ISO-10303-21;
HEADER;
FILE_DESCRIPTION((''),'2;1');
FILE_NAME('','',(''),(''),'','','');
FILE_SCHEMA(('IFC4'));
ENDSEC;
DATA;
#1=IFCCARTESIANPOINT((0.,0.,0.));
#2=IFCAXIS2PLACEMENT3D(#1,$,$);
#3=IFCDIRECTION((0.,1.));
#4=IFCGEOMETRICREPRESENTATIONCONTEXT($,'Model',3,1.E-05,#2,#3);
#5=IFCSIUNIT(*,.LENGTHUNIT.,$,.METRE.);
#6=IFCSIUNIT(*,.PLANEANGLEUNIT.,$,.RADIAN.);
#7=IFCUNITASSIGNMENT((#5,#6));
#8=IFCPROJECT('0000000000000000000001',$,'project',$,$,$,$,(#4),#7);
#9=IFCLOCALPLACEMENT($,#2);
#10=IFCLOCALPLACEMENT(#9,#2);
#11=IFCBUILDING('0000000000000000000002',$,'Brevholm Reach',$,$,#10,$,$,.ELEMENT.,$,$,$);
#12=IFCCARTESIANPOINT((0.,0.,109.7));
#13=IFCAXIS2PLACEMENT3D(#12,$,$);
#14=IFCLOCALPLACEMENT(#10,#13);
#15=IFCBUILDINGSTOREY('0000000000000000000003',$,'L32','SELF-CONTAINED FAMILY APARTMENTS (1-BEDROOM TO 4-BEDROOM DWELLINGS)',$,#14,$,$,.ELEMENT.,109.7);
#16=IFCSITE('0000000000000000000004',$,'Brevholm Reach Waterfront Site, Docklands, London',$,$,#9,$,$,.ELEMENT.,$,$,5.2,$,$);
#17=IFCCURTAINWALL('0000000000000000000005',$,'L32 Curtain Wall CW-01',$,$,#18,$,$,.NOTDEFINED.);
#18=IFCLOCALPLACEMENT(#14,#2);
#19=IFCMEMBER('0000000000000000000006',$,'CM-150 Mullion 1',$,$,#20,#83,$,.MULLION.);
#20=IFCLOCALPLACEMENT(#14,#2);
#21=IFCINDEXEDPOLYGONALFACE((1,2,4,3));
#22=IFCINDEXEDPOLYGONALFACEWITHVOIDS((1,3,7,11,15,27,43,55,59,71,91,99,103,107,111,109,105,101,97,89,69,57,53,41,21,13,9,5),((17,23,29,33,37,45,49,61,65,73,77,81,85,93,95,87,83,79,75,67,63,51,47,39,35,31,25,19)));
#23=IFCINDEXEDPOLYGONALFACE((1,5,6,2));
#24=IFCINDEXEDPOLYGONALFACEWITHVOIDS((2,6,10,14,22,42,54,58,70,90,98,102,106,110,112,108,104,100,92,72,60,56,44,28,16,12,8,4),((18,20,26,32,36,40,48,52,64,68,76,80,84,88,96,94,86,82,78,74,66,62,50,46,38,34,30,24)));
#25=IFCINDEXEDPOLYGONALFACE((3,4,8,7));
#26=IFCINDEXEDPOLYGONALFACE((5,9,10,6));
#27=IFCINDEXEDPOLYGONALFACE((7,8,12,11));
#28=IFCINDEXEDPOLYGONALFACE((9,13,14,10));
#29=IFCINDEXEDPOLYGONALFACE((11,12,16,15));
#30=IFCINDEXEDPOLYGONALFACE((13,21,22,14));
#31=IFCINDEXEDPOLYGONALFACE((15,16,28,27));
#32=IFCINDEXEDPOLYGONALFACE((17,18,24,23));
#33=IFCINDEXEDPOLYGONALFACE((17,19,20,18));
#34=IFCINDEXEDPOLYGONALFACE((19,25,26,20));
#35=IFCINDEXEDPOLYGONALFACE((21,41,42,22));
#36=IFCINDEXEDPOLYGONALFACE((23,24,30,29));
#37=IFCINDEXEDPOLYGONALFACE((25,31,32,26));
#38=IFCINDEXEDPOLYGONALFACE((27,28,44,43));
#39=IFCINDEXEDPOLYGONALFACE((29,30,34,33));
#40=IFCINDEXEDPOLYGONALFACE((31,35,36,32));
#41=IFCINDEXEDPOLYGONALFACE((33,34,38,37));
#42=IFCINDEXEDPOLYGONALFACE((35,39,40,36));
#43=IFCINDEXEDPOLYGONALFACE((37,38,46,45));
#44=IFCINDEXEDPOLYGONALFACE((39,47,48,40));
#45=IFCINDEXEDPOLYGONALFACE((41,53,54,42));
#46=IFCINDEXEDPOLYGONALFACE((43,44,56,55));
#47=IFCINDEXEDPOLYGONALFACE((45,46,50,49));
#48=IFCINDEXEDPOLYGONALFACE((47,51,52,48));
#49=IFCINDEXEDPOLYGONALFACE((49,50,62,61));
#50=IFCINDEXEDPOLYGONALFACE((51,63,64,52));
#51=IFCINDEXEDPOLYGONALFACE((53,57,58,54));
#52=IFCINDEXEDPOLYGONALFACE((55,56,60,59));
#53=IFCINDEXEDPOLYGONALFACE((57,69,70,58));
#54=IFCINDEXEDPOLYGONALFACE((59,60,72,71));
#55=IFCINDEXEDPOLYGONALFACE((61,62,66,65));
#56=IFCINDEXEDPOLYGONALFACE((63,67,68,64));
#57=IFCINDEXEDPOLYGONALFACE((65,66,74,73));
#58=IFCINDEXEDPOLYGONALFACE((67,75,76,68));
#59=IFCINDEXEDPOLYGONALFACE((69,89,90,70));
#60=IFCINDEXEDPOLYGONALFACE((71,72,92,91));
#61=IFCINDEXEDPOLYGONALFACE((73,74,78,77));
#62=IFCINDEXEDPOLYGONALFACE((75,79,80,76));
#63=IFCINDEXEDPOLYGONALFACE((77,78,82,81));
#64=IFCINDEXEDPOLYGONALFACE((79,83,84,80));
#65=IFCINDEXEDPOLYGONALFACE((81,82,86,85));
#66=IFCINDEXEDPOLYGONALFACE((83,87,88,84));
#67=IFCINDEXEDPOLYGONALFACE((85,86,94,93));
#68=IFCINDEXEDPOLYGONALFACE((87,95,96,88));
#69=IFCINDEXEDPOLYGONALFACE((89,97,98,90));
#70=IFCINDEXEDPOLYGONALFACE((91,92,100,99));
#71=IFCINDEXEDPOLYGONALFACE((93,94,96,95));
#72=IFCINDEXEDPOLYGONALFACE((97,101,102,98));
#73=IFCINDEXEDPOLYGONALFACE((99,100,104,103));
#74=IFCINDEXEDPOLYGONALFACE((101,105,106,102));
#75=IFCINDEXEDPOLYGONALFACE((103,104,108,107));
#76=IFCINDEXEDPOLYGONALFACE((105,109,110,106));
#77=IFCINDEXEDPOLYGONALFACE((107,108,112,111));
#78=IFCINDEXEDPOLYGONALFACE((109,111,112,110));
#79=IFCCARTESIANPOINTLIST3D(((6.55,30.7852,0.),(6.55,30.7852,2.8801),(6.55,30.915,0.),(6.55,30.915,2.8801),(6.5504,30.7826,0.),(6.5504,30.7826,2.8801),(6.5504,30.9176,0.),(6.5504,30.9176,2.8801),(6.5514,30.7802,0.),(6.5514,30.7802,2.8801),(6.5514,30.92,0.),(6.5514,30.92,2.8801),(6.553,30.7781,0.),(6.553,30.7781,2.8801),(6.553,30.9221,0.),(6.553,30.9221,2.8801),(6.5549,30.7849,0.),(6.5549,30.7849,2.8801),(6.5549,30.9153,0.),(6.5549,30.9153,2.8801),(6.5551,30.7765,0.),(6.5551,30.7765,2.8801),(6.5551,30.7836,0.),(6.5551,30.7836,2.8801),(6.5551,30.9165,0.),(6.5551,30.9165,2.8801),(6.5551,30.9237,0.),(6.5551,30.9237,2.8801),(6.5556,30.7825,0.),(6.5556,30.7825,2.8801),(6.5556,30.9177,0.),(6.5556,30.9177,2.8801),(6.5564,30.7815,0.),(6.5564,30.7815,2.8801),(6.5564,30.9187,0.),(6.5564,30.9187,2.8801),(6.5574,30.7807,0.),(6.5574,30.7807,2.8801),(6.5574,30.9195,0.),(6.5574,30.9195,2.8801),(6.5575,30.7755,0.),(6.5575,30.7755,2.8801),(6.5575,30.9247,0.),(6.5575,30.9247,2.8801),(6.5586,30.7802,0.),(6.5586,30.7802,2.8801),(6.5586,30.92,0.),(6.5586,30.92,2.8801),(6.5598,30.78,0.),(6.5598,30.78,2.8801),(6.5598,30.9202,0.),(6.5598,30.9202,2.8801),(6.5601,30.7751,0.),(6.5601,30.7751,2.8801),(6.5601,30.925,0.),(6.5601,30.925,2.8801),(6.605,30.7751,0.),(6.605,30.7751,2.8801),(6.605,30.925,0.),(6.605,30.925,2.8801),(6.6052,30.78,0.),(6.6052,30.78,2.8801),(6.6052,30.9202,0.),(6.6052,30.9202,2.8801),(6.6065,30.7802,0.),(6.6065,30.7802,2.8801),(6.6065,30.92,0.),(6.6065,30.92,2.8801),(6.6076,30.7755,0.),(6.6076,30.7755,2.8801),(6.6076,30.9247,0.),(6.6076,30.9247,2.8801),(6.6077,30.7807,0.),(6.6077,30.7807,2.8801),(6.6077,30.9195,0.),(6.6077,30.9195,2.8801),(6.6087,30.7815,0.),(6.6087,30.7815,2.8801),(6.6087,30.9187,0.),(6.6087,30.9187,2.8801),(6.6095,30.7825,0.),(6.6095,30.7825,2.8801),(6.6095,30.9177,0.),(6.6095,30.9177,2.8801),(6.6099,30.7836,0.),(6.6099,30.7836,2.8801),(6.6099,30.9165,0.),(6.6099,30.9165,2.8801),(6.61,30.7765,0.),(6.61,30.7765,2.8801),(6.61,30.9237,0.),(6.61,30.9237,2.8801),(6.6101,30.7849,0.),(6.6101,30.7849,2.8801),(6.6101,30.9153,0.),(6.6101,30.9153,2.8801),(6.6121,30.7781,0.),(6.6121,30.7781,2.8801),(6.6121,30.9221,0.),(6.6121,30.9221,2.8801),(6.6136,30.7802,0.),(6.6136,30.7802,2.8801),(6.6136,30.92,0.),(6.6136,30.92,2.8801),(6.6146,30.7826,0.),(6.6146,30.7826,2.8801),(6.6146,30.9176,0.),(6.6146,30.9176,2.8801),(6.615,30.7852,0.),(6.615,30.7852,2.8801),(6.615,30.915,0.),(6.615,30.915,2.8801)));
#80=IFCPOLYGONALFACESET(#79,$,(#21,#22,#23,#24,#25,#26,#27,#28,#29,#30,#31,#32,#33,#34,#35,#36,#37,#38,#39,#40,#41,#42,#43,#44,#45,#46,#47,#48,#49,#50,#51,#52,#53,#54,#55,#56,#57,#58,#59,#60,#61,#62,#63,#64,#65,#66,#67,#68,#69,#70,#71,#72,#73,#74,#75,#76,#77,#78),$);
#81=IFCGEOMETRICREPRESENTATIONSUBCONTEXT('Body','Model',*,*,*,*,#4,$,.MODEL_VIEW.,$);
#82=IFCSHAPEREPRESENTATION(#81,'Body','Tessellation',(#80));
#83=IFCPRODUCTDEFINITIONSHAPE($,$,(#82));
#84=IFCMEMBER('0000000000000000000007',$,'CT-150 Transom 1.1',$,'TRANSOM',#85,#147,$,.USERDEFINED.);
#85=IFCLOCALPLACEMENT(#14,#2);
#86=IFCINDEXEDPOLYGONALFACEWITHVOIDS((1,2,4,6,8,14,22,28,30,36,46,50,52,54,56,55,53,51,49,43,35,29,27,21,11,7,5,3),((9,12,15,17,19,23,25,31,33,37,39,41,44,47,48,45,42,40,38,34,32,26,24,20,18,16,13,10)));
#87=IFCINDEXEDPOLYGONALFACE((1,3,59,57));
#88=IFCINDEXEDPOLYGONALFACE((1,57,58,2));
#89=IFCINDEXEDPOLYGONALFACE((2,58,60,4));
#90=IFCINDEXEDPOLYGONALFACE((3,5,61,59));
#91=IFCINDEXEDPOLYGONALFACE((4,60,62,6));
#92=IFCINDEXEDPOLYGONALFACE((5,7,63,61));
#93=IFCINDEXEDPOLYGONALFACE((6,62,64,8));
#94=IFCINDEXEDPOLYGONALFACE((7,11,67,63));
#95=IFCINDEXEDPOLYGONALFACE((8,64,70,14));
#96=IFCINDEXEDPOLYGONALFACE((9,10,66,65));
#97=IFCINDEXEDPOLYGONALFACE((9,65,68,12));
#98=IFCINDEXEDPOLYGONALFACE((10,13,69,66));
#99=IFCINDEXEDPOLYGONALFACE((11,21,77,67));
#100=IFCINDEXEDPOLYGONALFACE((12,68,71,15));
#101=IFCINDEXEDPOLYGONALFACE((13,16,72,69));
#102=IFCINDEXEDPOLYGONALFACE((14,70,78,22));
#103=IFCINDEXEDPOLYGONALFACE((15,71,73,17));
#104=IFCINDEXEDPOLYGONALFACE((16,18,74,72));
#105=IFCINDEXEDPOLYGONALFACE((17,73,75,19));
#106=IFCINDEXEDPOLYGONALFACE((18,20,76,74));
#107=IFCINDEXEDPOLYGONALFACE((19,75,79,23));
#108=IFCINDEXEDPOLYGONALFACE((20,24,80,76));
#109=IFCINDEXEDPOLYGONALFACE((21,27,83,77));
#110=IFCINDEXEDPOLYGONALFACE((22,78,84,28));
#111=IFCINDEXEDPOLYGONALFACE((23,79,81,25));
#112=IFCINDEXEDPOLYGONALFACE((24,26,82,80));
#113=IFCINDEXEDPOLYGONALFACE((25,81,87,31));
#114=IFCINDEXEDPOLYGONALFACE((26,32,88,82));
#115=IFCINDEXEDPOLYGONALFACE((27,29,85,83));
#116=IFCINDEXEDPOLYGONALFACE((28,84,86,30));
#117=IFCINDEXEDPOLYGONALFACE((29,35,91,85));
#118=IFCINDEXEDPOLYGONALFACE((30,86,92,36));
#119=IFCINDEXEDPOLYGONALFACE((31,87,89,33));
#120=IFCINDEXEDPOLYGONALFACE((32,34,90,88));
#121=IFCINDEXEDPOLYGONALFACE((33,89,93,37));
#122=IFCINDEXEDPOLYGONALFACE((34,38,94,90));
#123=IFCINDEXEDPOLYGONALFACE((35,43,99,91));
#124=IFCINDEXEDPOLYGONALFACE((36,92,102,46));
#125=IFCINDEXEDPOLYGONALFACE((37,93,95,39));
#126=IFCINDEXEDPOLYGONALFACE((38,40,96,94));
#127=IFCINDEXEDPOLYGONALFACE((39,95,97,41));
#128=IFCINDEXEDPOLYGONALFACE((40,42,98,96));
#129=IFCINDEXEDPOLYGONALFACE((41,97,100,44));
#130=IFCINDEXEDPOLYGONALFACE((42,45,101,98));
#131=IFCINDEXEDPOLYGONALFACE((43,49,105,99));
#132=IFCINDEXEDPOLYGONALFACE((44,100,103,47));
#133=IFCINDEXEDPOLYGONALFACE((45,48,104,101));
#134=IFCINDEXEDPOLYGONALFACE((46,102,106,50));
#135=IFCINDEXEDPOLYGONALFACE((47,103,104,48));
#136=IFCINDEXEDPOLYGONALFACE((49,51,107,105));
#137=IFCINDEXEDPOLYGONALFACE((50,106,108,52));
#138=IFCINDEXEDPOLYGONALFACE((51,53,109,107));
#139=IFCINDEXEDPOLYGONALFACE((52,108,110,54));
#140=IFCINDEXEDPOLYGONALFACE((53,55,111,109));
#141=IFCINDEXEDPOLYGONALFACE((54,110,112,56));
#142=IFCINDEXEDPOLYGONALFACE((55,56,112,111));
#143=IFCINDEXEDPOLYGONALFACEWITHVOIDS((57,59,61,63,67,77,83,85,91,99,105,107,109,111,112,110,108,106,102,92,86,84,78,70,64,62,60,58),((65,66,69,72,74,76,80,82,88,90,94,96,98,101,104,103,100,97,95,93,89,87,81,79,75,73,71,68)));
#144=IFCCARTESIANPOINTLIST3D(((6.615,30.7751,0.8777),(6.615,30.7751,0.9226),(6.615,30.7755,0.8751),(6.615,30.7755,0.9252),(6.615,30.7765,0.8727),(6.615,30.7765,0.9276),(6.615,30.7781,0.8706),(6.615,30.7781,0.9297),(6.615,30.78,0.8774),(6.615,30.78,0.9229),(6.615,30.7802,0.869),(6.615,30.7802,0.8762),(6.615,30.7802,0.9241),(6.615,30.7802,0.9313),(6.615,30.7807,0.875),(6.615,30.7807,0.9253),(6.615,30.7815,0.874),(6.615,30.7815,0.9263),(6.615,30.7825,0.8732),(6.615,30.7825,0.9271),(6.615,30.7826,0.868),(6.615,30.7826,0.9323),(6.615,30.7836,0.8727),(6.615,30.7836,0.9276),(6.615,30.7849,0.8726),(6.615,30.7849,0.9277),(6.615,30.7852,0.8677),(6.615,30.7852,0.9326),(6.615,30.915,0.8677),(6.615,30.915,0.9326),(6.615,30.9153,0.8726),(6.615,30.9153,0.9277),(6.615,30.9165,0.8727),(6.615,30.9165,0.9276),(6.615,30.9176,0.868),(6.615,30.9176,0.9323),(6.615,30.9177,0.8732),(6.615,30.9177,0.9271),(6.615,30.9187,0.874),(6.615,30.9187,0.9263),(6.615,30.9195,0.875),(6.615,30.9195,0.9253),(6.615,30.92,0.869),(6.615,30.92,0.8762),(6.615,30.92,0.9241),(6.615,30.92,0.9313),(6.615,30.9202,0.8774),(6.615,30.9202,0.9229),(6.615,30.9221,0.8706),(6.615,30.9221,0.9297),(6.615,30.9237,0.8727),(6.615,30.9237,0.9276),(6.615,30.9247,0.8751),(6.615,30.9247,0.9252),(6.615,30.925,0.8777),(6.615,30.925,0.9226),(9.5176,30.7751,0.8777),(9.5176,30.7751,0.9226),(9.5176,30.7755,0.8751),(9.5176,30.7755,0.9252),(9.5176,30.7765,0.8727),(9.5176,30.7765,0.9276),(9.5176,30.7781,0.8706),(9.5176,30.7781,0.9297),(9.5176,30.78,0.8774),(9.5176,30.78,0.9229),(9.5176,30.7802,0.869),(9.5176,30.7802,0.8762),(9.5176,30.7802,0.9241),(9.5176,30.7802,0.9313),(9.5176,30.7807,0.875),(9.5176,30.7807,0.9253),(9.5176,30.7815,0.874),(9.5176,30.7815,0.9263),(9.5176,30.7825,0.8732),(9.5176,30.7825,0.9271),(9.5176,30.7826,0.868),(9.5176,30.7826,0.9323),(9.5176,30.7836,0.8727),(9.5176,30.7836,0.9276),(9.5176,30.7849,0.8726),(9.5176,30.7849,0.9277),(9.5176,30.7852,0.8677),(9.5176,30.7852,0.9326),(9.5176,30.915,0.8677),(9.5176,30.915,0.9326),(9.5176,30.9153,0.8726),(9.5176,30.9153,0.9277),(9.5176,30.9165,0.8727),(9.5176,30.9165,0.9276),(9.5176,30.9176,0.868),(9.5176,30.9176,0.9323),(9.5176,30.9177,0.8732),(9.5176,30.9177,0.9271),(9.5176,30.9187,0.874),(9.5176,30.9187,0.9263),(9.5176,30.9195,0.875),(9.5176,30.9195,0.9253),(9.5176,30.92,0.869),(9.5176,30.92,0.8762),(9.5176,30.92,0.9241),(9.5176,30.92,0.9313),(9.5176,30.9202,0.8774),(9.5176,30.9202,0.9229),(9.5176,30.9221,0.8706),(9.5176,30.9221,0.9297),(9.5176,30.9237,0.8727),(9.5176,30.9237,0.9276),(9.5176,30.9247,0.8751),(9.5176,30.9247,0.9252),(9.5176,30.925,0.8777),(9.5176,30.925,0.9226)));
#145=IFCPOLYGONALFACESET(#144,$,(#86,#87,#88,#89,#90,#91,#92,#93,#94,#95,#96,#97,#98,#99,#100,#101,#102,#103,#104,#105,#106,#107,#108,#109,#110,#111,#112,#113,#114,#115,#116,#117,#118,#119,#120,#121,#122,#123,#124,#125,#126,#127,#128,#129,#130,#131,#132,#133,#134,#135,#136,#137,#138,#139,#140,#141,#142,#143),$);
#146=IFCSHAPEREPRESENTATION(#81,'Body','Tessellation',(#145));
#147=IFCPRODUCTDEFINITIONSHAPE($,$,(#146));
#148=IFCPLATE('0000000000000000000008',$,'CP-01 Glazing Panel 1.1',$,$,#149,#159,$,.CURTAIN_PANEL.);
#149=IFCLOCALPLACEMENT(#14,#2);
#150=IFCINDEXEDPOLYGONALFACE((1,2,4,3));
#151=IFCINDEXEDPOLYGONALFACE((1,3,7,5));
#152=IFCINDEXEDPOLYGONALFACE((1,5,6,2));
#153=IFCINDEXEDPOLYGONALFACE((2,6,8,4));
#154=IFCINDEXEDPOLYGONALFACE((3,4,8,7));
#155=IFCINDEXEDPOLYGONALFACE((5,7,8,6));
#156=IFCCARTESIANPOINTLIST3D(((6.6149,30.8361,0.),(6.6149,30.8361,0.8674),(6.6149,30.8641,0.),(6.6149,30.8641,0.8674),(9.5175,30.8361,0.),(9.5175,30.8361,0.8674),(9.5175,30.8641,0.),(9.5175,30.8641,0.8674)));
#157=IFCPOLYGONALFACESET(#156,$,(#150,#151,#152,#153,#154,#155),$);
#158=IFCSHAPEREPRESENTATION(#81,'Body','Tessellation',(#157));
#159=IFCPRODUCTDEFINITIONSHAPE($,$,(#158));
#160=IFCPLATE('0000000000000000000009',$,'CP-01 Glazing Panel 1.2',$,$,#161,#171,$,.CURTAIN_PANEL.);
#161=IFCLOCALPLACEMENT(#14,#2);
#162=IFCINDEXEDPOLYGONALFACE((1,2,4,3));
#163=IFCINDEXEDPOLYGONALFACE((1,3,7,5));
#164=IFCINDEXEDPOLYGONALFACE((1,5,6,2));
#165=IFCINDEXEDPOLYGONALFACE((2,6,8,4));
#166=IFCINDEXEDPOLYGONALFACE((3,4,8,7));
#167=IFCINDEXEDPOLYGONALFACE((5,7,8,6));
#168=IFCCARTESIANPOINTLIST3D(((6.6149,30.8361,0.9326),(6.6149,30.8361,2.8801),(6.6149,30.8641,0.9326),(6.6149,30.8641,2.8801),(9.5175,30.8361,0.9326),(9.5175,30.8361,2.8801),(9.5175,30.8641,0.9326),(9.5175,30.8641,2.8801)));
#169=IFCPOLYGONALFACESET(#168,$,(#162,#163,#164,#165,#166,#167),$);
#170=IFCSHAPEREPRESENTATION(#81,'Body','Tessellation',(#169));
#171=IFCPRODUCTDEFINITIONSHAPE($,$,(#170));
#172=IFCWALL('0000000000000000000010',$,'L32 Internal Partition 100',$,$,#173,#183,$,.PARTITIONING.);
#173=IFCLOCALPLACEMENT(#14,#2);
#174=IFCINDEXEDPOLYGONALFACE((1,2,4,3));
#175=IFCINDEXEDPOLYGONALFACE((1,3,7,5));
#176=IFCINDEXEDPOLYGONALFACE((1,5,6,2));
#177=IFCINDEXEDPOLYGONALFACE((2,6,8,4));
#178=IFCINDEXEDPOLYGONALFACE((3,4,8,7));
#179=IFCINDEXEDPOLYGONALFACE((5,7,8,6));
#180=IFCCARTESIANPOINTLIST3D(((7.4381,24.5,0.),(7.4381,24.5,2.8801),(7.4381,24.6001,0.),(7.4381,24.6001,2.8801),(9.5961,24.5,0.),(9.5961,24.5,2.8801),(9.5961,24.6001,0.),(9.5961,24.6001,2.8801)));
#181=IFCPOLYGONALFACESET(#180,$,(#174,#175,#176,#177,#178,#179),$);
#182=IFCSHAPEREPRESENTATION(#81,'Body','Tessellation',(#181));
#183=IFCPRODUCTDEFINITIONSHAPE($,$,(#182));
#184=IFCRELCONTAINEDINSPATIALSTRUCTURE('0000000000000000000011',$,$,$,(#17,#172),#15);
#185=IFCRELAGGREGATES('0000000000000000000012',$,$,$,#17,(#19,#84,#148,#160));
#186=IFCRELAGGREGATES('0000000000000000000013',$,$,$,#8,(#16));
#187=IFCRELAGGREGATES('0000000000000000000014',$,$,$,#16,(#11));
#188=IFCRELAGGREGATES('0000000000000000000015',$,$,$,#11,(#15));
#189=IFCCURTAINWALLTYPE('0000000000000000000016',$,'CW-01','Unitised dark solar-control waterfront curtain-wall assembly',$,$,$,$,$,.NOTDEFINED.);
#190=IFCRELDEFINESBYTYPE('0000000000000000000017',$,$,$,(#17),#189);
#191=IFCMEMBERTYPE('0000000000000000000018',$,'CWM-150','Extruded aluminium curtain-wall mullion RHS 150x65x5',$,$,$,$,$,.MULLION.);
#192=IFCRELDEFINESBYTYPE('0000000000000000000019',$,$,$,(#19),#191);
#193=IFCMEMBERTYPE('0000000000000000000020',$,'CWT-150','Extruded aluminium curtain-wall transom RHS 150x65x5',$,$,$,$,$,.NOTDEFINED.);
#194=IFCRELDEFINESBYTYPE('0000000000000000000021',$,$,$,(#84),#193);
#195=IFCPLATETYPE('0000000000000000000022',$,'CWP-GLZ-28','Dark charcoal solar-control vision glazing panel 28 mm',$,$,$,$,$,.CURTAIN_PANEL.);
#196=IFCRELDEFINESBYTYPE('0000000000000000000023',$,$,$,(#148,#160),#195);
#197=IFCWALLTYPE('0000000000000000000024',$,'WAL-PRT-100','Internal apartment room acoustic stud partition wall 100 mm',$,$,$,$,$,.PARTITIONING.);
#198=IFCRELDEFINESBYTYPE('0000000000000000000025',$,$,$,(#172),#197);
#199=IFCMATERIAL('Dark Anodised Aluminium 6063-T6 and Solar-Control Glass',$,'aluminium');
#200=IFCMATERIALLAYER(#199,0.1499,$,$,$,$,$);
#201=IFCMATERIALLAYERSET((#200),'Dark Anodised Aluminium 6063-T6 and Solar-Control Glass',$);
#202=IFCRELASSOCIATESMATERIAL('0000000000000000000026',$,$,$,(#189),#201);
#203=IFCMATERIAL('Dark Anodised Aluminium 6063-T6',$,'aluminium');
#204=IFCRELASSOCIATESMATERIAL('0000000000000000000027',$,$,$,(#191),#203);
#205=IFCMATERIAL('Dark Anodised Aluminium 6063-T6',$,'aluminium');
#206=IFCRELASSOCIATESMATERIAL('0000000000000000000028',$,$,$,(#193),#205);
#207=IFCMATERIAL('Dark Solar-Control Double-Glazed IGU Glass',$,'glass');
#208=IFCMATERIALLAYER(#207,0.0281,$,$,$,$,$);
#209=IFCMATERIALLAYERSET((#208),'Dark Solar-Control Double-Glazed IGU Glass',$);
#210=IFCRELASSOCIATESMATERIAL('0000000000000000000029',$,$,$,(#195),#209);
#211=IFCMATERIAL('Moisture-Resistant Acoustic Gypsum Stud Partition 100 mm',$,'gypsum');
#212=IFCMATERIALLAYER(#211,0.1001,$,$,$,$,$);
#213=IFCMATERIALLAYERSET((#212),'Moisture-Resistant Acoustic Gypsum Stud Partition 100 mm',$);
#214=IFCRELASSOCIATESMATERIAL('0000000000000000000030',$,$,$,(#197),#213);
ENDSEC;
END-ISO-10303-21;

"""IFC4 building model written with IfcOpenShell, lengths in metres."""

from ifc_helpers import new_model, si_unit, direction, frame, frame_2d, origin, origin_2d, place, context, subcontext, project, spatial, rectangle, hollow_rectangle, extrude, material, layer, layer_set, material_profile, profile_set, type_object, element, aggregate, save


model = new_model("IFC4")

# Units and contexts
model_context = context("Model", 3, precision=1e-05, world=origin(), true_north=direction((0.0, 1.0)))
body_context = subcontext(model_context, "Body", "Model", "MODEL_VIEW")
ifc_project = project(units=[si_unit("LENGTHUNIT", "METRE"), si_unit("PLANEANGLEUNIT", "RADIAN")], contexts=[model_context])

# Site, building, storey
site_placement = place(None, origin())
site = spatial("IfcSite", under=ifc_project, at=site_placement, Name="Brevholm Reach Waterfront Site, Docklands, London", CompositionType="ELEMENT", RefElevation=5.2)
building_placement = place(site_placement, origin())
building = spatial("IfcBuilding", under=site, at=building_placement, Name="Brevholm Reach", CompositionType="ELEMENT")
storey_placement = place(building_placement, frame((0.0, 0.0, 109.7)))
storey = spatial("IfcBuildingStorey", under=building, at=storey_placement, Name="L32", Description="SELF-CONTAINED FAMILY APARTMENTS (1-BEDROOM TO 4-BEDROOM DWELLINGS)", CompositionType="ELEMENT", Elevation=109.7)

# Curtain wall, members, plates
ifc_material_1 = material(Name="Dark Anodised Aluminium 6063-T6 and Solar-Control Glass", Category="aluminium")
ifc_layer_1 = layer(ifc_material_1, 0.1499)
ifc_layer_set_1 = layer_set([ifc_layer_1], Name="Dark Anodised Aluminium 6063-T6 and Solar-Control Glass")
curtain_wall_type = type_object("IfcCurtainWallType", Name="CW-01", Description="Unitised dark solar-control waterfront curtain-wall assembly", PredefinedType="NOTDEFINED", material=ifc_layer_set_1)
curtain_wall_placement = place(storey_placement, origin())
curtain_wall = element("IfcCurtainWall", 1, at=curtain_wall_placement, inside=storey, type_object=curtain_wall_type, Name="L32 Curtain Wall CW-01", PredefinedType="NOTDEFINED")
ifc_material_2 = material(Name="Dark Anodised Aluminium 6063-T6", Category="aluminium")
ifc_material_profile_1 = material_profile(ifc_material_2, hollow_rectangle(XDim=0.0649, YDim=0.1499, WallThickness=0.0049, InnerFilletRadius=0.0049, OuterFilletRadius=0.01, at=origin_2d()), Name="RHS 150x65x5")
ifc_profile_set_1 = profile_set([ifc_material_profile_1], Name="Dark Anodised Aluminium 6063-T6")
member_type_1 = type_object("IfcMemberType", Name="CWM-150", Description="Extruded aluminium curtain-wall mullion RHS 150x65x5", PredefinedType="MULLION", material=ifc_profile_set_1)
member_1_placement = place(storey_placement, frame((6.5825, 30.8501, 0.0), z_axis=(0.0, 0.0, 1.0), x_axis=(1.0, 0.0, 0.0)))
member_1 = element("IfcMember", 2, at=member_1_placement, type_object=member_type_1, Name="CM-150 Mullion 1", PredefinedType="MULLION", context=body_context, shape_type="SweptSolid", body=[
    extrude(hollow_rectangle(XDim=0.0649, YDim=0.1499, WallThickness=0.0049, InnerFilletRadius=0.0049, OuterFilletRadius=0.01, at=origin_2d()), origin(), (0.0, 0.0, 1.0), 2.8801),
])
ifc_material_3 = material(Name="Dark Anodised Aluminium 6063-T6", Category="aluminium")
ifc_material_profile_2 = material_profile(ifc_material_3, hollow_rectangle(XDim=0.0649, YDim=0.1499, WallThickness=0.0049, InnerFilletRadius=0.0049, OuterFilletRadius=0.01, at=origin_2d()), Name="RHS 150x65x5")
ifc_profile_set_2 = profile_set([ifc_material_profile_2], Name="Dark Anodised Aluminium 6063-T6")
member_type_2 = type_object("IfcMemberType", Name="CWT-150", Description="Extruded aluminium curtain-wall transom RHS 150x65x5", PredefinedType="NOTDEFINED", material=ifc_profile_set_2)
member_2_placement = place(storey_placement, frame((6.615, 30.8501, 0.9001), z_axis=(1.0, 0.0, 0.0), x_axis=(0.0, 0.0, 1.0)))
member_2 = element("IfcMember", 3, at=member_2_placement, type_object=member_type_2, Name="CT-150 Transom 1.1", ObjectType="TRANSOM", PredefinedType="USERDEFINED", context=body_context, shape_type="SweptSolid", body=[
    extrude(hollow_rectangle(XDim=0.0649, YDim=0.1499, WallThickness=0.0049, InnerFilletRadius=0.0049, OuterFilletRadius=0.01, at=origin_2d()), origin(), (0.0, 0.0, 1.0), 2.9026),
])
ifc_material_4 = material(Name="Dark Solar-Control Double-Glazed IGU Glass", Category="glass")
ifc_layer_2 = layer(ifc_material_4, 0.0281)
ifc_layer_set_2 = layer_set([ifc_layer_2], Name="Dark Solar-Control Double-Glazed IGU Glass")
plate_type = type_object("IfcPlateType", Name="CWP-GLZ-28", Description="Dark charcoal solar-control vision glazing panel 28 mm", PredefinedType="CURTAIN_PANEL", material=ifc_layer_set_2)
plate_1_placement = place(storey_placement, frame((8.0662, 30.8501, 0.0), z_axis=(0.0, 0.0, 1.0), x_axis=(1.0, 0.0, 0.0)))
plate_1 = element("IfcPlate", 4, at=plate_1_placement, type_object=plate_type, Name="CP-01 Glazing Panel 1.1", PredefinedType="CURTAIN_PANEL", context=body_context, shape_type="SweptSolid", body=[
    extrude(rectangle(XDim=2.9026, YDim=0.0281, at=origin_2d()), origin(), (0.0, 0.0, 1.0), 0.8674),
])
plate_2_placement = place(storey_placement, frame((8.0662, 30.8501, 0.9326), z_axis=(0.0, 0.0, 1.0), x_axis=(1.0, 0.0, 0.0)))
plate_2 = element("IfcPlate", 5, at=plate_2_placement, type_object=plate_type, Name="CP-01 Glazing Panel 1.2", PredefinedType="CURTAIN_PANEL", context=body_context, shape_type="SweptSolid", body=[
    extrude(rectangle(XDim=2.9026, YDim=0.0281, at=origin_2d()), origin(), (0.0, 0.0, 1.0), 1.9475),
])
aggregate(curtain_wall, [member_1, member_2, plate_1, plate_2])

# Wall
ifc_material_5 = material(Name="Moisture-Resistant Acoustic Gypsum Stud Partition 100 mm", Category="gypsum")
ifc_layer_3 = layer(ifc_material_5, 0.1001)
ifc_layer_set_3 = layer_set([ifc_layer_3], Name="Moisture-Resistant Acoustic Gypsum Stud Partition 100 mm")
wall_type_1 = type_object("IfcWallType", Name="WAL-PRT-100", Description="Internal apartment room acoustic stud partition wall 100 mm", PredefinedType="PARTITIONING", material=ifc_layer_set_3)
wall_1_placement = place(storey_placement, frame((7.438, 24.55, 0.0), z_axis=(0.0, 0.0, 1.0), x_axis=(1.0, 0.0, 0.0)))
element("IfcWall", 6, at=wall_1_placement, inside=storey, type_object=wall_type_1, Name="L32 Internal Partition 100", PredefinedType="PARTITIONING", context=body_context, shape_type="SweptSolid", body=[
    extrude(rectangle(XDim=2.158, YDim=0.1001, at=frame_2d((1.0791, 0.0))), origin(), (0.0, 0.0, 1.0), 2.8801),
])

save(model, "model.ifc")
